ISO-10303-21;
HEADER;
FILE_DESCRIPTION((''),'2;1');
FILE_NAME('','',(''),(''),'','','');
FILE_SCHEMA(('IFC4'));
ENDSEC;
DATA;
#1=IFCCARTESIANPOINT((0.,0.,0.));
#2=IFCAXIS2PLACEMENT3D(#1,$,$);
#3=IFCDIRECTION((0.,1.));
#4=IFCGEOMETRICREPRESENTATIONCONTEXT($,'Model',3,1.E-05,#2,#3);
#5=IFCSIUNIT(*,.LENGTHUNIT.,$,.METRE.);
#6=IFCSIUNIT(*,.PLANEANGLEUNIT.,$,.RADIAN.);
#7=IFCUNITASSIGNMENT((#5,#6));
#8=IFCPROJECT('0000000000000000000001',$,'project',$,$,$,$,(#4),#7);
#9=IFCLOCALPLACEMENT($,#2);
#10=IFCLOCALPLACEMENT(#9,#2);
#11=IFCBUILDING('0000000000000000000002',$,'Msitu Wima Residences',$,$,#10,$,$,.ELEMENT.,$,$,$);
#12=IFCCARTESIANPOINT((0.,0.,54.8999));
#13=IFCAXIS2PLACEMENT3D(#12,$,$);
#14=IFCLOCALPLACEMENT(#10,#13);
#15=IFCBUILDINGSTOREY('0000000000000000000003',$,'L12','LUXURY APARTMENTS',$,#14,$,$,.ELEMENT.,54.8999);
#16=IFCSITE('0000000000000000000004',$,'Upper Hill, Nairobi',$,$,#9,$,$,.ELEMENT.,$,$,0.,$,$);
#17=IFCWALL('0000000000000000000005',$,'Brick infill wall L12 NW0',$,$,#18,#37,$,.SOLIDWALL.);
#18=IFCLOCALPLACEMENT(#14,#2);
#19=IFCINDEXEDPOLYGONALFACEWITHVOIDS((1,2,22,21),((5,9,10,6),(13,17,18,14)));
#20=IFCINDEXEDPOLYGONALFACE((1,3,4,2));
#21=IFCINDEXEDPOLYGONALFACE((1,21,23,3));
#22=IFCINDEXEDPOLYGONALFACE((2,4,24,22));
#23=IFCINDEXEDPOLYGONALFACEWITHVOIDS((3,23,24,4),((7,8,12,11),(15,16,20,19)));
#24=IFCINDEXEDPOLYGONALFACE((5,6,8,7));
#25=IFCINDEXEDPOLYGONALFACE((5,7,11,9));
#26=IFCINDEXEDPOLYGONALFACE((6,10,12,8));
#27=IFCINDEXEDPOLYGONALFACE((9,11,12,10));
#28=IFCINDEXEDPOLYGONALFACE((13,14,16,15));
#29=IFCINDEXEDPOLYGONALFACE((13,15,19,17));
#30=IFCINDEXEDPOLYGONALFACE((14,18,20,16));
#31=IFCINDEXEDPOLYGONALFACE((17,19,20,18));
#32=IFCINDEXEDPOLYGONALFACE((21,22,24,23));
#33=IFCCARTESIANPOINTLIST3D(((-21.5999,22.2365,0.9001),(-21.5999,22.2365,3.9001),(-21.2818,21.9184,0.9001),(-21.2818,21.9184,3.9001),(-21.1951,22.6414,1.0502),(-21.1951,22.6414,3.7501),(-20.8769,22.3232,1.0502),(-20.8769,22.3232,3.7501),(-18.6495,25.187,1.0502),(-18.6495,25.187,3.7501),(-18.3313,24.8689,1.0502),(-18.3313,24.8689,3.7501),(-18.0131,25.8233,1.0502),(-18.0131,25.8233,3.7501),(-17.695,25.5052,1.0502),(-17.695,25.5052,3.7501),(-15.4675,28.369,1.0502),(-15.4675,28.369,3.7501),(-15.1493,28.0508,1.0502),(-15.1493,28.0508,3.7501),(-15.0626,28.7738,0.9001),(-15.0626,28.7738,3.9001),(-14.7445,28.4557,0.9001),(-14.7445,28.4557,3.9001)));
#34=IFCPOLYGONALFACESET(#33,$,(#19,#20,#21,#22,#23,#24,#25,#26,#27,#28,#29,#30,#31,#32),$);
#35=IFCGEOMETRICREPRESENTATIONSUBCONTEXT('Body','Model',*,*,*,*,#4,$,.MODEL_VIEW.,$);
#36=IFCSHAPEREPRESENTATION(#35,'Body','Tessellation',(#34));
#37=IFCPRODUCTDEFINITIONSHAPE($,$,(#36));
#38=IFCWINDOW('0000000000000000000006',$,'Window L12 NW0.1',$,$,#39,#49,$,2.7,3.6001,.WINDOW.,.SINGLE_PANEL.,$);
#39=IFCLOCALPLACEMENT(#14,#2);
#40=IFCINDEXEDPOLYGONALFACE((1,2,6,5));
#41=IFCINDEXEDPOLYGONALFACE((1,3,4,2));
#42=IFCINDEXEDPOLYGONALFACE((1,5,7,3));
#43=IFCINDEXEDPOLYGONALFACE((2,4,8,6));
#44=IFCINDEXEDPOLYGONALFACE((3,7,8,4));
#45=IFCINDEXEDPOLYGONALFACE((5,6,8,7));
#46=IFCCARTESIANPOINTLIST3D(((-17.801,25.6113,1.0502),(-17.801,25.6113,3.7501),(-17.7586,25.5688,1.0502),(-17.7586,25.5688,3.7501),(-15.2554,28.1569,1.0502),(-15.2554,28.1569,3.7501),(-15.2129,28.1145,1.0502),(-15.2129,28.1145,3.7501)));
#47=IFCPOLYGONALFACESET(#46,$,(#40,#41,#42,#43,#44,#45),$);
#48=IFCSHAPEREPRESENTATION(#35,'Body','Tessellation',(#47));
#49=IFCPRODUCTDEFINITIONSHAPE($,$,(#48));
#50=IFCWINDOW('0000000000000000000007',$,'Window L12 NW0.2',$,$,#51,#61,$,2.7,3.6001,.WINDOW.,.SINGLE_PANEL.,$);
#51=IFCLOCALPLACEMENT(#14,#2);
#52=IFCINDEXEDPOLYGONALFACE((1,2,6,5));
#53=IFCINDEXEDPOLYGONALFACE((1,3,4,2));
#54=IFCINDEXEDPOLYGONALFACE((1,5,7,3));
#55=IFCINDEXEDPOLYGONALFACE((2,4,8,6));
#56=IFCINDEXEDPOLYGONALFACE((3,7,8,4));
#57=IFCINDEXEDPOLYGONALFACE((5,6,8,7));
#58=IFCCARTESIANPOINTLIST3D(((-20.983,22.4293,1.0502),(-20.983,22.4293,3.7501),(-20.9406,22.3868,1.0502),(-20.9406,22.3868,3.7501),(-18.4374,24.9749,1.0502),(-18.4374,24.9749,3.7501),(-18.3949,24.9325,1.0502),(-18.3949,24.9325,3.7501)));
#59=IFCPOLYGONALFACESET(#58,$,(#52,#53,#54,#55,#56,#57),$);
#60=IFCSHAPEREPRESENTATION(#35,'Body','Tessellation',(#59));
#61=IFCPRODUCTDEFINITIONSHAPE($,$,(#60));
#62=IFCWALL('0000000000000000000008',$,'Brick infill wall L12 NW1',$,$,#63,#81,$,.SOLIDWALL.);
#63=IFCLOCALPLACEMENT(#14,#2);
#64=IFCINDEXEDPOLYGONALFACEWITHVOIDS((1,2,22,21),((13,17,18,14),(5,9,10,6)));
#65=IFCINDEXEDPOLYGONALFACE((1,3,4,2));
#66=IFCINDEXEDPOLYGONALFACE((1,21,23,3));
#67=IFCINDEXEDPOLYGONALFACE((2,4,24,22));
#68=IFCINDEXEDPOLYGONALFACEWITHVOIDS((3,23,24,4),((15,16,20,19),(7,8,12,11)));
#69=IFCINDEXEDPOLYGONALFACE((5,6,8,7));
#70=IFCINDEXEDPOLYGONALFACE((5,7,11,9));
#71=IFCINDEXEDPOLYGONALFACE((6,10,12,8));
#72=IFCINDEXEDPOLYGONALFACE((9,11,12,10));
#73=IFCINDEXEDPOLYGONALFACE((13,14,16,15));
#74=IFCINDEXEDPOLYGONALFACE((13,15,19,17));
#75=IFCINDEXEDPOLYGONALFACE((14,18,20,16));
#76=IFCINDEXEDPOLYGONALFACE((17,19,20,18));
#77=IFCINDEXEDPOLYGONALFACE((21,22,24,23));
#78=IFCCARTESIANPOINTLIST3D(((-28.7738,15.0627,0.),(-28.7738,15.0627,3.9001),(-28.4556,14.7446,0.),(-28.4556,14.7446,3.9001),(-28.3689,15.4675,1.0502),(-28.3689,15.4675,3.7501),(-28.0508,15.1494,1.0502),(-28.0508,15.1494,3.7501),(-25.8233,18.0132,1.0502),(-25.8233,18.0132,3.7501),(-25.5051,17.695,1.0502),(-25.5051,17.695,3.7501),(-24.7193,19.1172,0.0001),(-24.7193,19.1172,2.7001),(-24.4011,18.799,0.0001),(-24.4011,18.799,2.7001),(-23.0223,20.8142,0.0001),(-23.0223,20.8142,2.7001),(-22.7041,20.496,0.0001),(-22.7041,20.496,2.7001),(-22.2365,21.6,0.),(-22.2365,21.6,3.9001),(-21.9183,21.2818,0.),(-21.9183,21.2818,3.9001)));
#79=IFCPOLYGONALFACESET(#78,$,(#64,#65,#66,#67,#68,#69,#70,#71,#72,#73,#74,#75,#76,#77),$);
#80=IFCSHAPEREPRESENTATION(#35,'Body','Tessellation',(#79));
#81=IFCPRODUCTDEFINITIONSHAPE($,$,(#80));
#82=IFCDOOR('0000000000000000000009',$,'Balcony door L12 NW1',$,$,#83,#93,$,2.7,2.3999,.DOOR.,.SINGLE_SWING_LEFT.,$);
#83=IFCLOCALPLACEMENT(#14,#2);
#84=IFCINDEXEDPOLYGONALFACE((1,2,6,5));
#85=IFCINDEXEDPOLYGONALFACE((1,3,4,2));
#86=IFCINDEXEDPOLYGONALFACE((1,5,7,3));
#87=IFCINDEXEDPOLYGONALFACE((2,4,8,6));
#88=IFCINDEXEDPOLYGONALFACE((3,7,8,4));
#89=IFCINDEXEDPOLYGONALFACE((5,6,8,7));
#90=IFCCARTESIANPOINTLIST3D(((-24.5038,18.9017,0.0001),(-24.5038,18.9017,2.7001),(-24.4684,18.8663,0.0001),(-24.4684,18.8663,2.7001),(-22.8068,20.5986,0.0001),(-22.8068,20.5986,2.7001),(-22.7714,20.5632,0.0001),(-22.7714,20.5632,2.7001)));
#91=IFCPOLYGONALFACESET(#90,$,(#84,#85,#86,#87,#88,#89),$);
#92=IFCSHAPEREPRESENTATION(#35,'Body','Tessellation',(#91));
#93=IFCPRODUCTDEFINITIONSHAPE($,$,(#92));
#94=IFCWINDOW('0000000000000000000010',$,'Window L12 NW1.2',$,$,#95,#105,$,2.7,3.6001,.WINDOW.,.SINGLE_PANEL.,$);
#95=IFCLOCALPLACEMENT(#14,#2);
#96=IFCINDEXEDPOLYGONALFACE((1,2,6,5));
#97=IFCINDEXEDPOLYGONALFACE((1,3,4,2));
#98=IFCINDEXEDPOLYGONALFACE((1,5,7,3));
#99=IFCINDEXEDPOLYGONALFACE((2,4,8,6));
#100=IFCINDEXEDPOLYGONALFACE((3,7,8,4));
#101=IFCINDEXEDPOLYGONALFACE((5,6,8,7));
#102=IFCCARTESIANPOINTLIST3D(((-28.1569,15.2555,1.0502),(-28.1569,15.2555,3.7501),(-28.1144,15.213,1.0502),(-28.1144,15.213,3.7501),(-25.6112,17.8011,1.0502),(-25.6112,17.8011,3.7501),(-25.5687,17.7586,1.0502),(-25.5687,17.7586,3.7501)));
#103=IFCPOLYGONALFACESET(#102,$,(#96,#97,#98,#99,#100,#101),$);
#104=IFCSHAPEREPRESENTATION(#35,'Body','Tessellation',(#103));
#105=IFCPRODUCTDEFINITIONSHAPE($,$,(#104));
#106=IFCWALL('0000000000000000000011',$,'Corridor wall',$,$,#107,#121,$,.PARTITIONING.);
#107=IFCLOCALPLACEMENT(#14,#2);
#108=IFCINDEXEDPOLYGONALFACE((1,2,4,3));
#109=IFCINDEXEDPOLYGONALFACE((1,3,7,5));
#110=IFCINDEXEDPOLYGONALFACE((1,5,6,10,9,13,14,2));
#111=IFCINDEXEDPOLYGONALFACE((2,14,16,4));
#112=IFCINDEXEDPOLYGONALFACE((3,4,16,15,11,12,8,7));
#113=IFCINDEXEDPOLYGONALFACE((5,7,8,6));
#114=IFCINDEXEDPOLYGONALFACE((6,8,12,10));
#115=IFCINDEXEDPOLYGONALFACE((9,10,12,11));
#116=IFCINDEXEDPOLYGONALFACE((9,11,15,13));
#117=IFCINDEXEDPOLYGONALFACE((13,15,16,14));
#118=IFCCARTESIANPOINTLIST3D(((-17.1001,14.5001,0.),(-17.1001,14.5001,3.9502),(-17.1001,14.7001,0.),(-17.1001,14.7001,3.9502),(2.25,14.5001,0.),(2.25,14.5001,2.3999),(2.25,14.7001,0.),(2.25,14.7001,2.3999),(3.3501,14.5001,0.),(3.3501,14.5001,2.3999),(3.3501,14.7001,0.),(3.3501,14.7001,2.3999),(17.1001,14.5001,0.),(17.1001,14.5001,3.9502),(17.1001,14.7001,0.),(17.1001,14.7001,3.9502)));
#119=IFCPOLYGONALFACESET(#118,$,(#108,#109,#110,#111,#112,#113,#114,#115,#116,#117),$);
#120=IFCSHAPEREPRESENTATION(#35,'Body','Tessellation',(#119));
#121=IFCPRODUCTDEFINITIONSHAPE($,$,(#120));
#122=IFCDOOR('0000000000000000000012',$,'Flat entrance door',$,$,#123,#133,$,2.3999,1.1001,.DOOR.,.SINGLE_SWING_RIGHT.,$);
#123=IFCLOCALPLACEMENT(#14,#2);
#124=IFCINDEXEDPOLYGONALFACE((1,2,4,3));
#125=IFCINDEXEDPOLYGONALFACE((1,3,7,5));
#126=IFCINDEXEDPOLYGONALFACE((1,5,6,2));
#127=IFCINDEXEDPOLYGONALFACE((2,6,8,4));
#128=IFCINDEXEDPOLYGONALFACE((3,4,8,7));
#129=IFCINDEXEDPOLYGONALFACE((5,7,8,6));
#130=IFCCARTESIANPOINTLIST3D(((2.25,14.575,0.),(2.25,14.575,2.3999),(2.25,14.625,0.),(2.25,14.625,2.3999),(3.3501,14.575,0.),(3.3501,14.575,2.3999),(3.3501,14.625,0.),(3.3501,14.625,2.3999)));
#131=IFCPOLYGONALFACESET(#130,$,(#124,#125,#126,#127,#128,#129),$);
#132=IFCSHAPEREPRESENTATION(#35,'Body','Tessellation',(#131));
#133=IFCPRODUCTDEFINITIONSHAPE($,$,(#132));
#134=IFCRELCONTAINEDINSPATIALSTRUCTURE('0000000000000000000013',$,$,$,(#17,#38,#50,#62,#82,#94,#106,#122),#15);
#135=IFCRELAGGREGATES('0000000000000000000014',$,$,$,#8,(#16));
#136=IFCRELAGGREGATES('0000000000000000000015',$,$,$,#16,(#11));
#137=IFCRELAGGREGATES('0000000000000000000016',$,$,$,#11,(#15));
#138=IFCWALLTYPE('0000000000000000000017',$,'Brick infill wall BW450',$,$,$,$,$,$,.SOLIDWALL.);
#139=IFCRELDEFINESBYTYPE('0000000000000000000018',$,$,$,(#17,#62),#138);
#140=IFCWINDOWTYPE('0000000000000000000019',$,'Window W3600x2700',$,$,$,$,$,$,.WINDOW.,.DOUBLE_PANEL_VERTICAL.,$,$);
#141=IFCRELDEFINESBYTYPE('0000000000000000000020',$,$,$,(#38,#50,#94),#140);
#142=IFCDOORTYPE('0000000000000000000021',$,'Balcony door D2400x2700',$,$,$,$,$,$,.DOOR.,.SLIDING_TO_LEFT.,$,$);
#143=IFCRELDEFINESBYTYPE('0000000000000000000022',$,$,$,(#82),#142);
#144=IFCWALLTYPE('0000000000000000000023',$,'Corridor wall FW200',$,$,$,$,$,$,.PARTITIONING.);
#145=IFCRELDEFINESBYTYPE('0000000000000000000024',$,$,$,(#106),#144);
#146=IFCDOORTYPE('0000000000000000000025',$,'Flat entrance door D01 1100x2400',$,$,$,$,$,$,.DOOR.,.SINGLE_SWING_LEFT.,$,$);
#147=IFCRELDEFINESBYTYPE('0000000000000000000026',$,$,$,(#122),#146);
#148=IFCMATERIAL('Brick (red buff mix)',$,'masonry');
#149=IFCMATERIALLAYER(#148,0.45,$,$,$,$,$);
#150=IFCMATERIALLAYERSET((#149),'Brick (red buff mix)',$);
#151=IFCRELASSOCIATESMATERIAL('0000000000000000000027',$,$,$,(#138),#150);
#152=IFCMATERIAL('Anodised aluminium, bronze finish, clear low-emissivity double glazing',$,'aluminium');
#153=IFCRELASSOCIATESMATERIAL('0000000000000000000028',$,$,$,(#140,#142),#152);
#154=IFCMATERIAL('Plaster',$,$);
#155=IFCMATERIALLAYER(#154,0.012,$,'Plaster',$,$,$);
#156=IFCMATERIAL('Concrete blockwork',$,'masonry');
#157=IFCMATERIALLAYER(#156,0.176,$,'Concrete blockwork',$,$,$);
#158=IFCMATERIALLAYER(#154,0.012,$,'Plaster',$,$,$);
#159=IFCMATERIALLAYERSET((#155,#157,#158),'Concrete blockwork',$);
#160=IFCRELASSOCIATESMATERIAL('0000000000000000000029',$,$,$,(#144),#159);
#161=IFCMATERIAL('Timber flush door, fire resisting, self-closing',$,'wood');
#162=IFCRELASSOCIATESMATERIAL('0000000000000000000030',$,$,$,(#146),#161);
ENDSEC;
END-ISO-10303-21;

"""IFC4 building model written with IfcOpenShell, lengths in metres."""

from ifc_helpers import new_model, si_unit, direction, frame, frame_2d, origin, place, context, subcontext, project, spatial, rectangle, extrude, material, layer, layer_set, type_object, element, fill, save


model = new_model("IFC4")

# Units and contexts
model_context = context("Model", 3, precision=1e-05, world=origin(), true_north=direction((0.0, 1.0)))
body_context = subcontext(model_context, "Body", "Model", "MODEL_VIEW")
ifc_project = project(units=[si_unit("LENGTHUNIT", "METRE"), si_unit("PLANEANGLEUNIT", "RADIAN")], contexts=[model_context])

# Site, building, storey
site_placement = place(None, origin())
site = spatial("IfcSite", under=ifc_project, at=site_placement, Name="Upper Hill, Nairobi", CompositionType="ELEMENT", RefElevation=0.0)
building_placement = place(site_placement, origin())
building = spatial("IfcBuilding", under=site, at=building_placement, Name="Msitu Wima Residences", CompositionType="ELEMENT")
storey_placement = place(building_placement, frame((0.0, 0.0, 54.8999)))
storey = spatial("IfcBuildingStorey", under=building, at=storey_placement, Name="L12", Description="LUXURY APARTMENTS", CompositionType="ELEMENT", Elevation=54.8999)

# Wall, openings, windows
ifc_material_1 = material(Name="Brick (red buff mix)", Category="masonry")
ifc_layer_1 = layer(ifc_material_1, 0.45)
ifc_layer_set_1 = layer_set([ifc_layer_1], Name="Brick (red buff mix)")
wall_type_1 = type_object("IfcWallType", Name="Brick infill wall BW450", PredefinedType="SOLIDWALL", material=ifc_layer_set_1)
wall_1_placement = place(storey_placement, frame((-14.9036, 28.6147, 0.9001), z_axis=(0.0, 0.0, 1.0), x_axis=(-0.707107, -0.707107, 0.0)))
wall_1 = element("IfcWall", 1, at=wall_1_placement, inside=storey, type_object=wall_type_1, Name="Brick infill wall L12 NW0", PredefinedType="SOLIDWALL", context=body_context, shape_type="SweptSolid", body=[
    extrude(rectangle(XDim=9.2451, YDim=0.45, at=frame_2d((4.6226, 0.0))), origin(), (0.0, 0.0, 1.0), 3.0),
])
opening_1_placement = place(wall_1_placement, frame((0.5725, 0.0, 0.1499)))
opening_1 = element("IfcOpeningElement", 2, at=opening_1_placement, cuts=wall_1, PredefinedType="OPENING", context=body_context, shape_type="SweptSolid", body=[
    extrude(rectangle(XDim=3.6001, YDim=2.7, at=frame_2d((1.8, 1.3501))), frame((0.0, 0.2349, 0.0), z_axis=(0.0, -1.0, 0.0), x_axis=(1.0, 0.0, 0.0)), (0.0, 0.0, 1.0), 0.47),
])
opening_2_placement = place(wall_1_placement, frame((5.0725, 0.0, 0.1499)))
opening_2 = element("IfcOpeningElement", 3, at=opening_2_placement, cuts=wall_1, PredefinedType="OPENING", context=body_context, shape_type="SweptSolid", body=[
    extrude(rectangle(XDim=3.6001, YDim=2.7, at=frame_2d((1.8, 1.3501))), frame((0.0, 0.2349, 0.0), z_axis=(0.0, -1.0, 0.0), x_axis=(1.0, 0.0, 0.0)), (0.0, 0.0, 1.0), 0.47),
])
ifc_material_2 = material(Name="Anodised aluminium, bronze finish, clear low-emissivity double glazing", Category="aluminium")
window_type = type_object("IfcWindowType", Name="Window W3600x2700", PartitioningType="DOUBLE_PANEL_VERTICAL", PredefinedType="WINDOW", material=ifc_material_2)
window_1_placement = place(opening_1_placement, origin())
window_1 = element("IfcWindow", 4, at=window_1_placement, inside=storey, type_object=window_type, Name="Window L12 NW0.1", OverallHeight=2.7, OverallWidth=3.6001, PartitioningType="SINGLE_PANEL", PredefinedType="WINDOW", context=body_context, shape_type="SweptSolid", body=[
    extrude(rectangle(XDim=3.6001, YDim=2.7, at=frame_2d((1.8, 1.3501))), frame((0.0, 0.135, 0.0), z_axis=(0.0, -1.0, 0.0), x_axis=(1.0, 0.0, 0.0)), (0.0, 0.0, 1.0), 0.0601),
])
fill(opening_1, window_1)
window_2_placement = place(opening_2_placement, origin())
window_2 = element("IfcWindow", 5, at=window_2_placement, inside=storey, type_object=window_type, Name="Window L12 NW0.2", OverallHeight=2.7, OverallWidth=3.6001, PartitioningType="SINGLE_PANEL", PredefinedType="WINDOW", context=body_context, shape_type="SweptSolid", body=[
    extrude(rectangle(XDim=3.6001, YDim=2.7, at=frame_2d((1.8, 1.3501))), frame((0.0, 0.135, 0.0), z_axis=(0.0, -1.0, 0.0), x_axis=(1.0, 0.0, 0.0)), (0.0, 0.0, 1.0), 0.0601),
])
fill(opening_2, window_2)

# Wall, openings, door, window
wall_2_placement = place(storey_placement, frame((-22.0774, 21.4409, 0.0), z_axis=(0.0, 0.0, 1.0), x_axis=(-0.707107, -0.707107, 0.0)))
wall_2 = element("IfcWall", 6, at=wall_2_placement, inside=storey, type_object=wall_type_1, Name="Brick infill wall L12 NW1", PredefinedType="SOLIDWALL", context=body_context, shape_type="SweptSolid", body=[
    extrude(rectangle(XDim=9.2451, YDim=0.45, at=frame_2d((4.6226, 0.0))), origin(), (0.0, 0.0, 1.0), 3.9001),
])
opening_3_placement = place(wall_2_placement, frame((1.1113, 0.0, 0.0)))
opening_3 = element("IfcOpeningElement", 7, at=opening_3_placement, cuts=wall_2, PredefinedType="OPENING", context=body_context, shape_type="SweptSolid", body=[
    extrude(rectangle(XDim=2.3999, YDim=2.7, at=frame_2d((1.2, 1.3501))), frame((0.0, 0.2349, 0.0), z_axis=(0.0, -1.0, 0.0), x_axis=(1.0, 0.0, 0.0)), (0.0, 0.0, 1.0), 0.47),
])
opening_4_placement = place(wall_2_placement, frame((5.0725, 0.0, 1.05)))
opening_4 = element("IfcOpeningElement", 8, at=opening_4_placement, cuts=wall_2, PredefinedType="OPENING", context=body_context, shape_type="SweptSolid", body=[
    extrude(rectangle(XDim=3.6001, YDim=2.7, at=frame_2d((1.8, 1.3501))), frame((0.0, 0.2349, 0.0), z_axis=(0.0, -1.0, 0.0), x_axis=(1.0, 0.0, 0.0)), (0.0, 0.0, 1.0), 0.47),
])
door_type_1 = type_object("IfcDoorType", Name="Balcony door D2400x2700", OperationType="SLIDING_TO_LEFT", PredefinedType="DOOR", material=ifc_material_2)
door_1_placement = place(opening_3_placement, origin())
door_1 = element("IfcDoor", 9, at=door_1_placement, inside=storey, type_object=door_type_1, Name="Balcony door L12 NW1", OperationType="SINGLE_SWING_LEFT", OverallHeight=2.7, OverallWidth=2.3999, PredefinedType="DOOR", context=body_context, shape_type="SweptSolid", body=[
    extrude(rectangle(XDim=2.3999, YDim=2.7, at=frame_2d((1.2, 1.3501))), frame((0.0, 0.1299, 0.0), z_axis=(0.0, -1.0, 0.0), x_axis=(1.0, 0.0, 0.0)), (0.0, 0.0, 1.0), 0.05),
])
fill(opening_3, door_1)
window_3_placement = place(opening_4_placement, origin())
window_3 = element("IfcWindow", 10, at=window_3_placement, inside=storey, type_object=window_type, Name="Window L12 NW1.2", OverallHeight=2.7, OverallWidth=3.6001, PartitioningType="SINGLE_PANEL", PredefinedType="WINDOW", context=body_context, shape_type="SweptSolid", body=[
    extrude(rectangle(XDim=3.6001, YDim=2.7, at=frame_2d((1.8, 1.3501))), frame((0.0, 0.135, 0.0), z_axis=(0.0, -1.0, 0.0), x_axis=(1.0, 0.0, 0.0)), (0.0, 0.0, 1.0), 0.0601),
])
fill(opening_4, window_3)

# Wall, opening, door
ifc_material_3 = material(Name="Plaster")
ifc_layer_2 = layer(ifc_material_3, 0.012, Name="Plaster")
ifc_material_4 = material(Name="Concrete blockwork", Category="masonry")
ifc_layer_3 = layer(ifc_material_4, 0.176, Name="Concrete blockwork")
ifc_layer_4 = layer(ifc_material_3, 0.012, Name="Plaster")
ifc_layer_set_2 = layer_set([ifc_layer_2, ifc_layer_3, ifc_layer_4], Name="Concrete blockwork")
wall_type_2 = type_object("IfcWallType", Name="Corridor wall FW200", PredefinedType="PARTITIONING", material=ifc_layer_set_2)
wall_3_placement = place(storey_placement, frame((-17.1001, 14.6001, 0.0), z_axis=(0.0, 0.0, 1.0), x_axis=(1.0, 0.0, 0.0)))
wall_3 = element("IfcWall", 11, at=wall_3_placement, inside=storey, type_object=wall_type_2, Name="Corridor wall", PredefinedType="PARTITIONING", context=body_context, shape_type="SweptSolid", body=[
    extrude(rectangle(XDim=34.2002, YDim=0.2, at=frame_2d((17.1001, 0.0))), origin(), (0.0, 0.0, 1.0), 3.9502),
])
opening_5_placement = place(wall_3_placement, frame((19.3501, 0.0, 0.0)))
opening_5 = element("IfcOpeningElement", 12, at=opening_5_placement, cuts=wall_3, PredefinedType="OPENING", context=body_context, shape_type="SweptSolid", body=[
    extrude(rectangle(XDim=1.1001, YDim=2.3999, at=frame_2d((0.55, 1.2))), frame((0.0, 0.1099, 0.0), z_axis=(0.0, -1.0, 0.0), x_axis=(1.0, 0.0, 0.0)), (0.0, 0.0, 1.0), 0.22),
])
ifc_material_5 = material(Name="Timber flush door, fire resisting, self-closing", Category="wood")
door_type_2 = type_object("IfcDoorType", Name="Flat entrance door D01 1100x2400", OperationType="SINGLE_SWING_LEFT", PredefinedType="DOOR", material=ifc_material_5)
door_2_placement = place(opening_5_placement, origin())
door_2 = element("IfcDoor", 13, at=door_2_placement, inside=storey, type_object=door_type_2, Name="Flat entrance door", OperationType="SINGLE_SWING_RIGHT", OverallHeight=2.3999, OverallWidth=1.1001, PredefinedType="DOOR", context=body_context, shape_type="SweptSolid", body=[
    extrude(rectangle(XDim=1.1001, YDim=2.3999, at=frame_2d((0.55, 1.2))), frame((0.0, 0.0249, 0.0), z_axis=(0.0, -1.0, 0.0), x_axis=(1.0, 0.0, 0.0)), (0.0, 0.0, 1.0), 0.05),
])
fill(opening_5, door_2)

save(model, "model.ifc")
